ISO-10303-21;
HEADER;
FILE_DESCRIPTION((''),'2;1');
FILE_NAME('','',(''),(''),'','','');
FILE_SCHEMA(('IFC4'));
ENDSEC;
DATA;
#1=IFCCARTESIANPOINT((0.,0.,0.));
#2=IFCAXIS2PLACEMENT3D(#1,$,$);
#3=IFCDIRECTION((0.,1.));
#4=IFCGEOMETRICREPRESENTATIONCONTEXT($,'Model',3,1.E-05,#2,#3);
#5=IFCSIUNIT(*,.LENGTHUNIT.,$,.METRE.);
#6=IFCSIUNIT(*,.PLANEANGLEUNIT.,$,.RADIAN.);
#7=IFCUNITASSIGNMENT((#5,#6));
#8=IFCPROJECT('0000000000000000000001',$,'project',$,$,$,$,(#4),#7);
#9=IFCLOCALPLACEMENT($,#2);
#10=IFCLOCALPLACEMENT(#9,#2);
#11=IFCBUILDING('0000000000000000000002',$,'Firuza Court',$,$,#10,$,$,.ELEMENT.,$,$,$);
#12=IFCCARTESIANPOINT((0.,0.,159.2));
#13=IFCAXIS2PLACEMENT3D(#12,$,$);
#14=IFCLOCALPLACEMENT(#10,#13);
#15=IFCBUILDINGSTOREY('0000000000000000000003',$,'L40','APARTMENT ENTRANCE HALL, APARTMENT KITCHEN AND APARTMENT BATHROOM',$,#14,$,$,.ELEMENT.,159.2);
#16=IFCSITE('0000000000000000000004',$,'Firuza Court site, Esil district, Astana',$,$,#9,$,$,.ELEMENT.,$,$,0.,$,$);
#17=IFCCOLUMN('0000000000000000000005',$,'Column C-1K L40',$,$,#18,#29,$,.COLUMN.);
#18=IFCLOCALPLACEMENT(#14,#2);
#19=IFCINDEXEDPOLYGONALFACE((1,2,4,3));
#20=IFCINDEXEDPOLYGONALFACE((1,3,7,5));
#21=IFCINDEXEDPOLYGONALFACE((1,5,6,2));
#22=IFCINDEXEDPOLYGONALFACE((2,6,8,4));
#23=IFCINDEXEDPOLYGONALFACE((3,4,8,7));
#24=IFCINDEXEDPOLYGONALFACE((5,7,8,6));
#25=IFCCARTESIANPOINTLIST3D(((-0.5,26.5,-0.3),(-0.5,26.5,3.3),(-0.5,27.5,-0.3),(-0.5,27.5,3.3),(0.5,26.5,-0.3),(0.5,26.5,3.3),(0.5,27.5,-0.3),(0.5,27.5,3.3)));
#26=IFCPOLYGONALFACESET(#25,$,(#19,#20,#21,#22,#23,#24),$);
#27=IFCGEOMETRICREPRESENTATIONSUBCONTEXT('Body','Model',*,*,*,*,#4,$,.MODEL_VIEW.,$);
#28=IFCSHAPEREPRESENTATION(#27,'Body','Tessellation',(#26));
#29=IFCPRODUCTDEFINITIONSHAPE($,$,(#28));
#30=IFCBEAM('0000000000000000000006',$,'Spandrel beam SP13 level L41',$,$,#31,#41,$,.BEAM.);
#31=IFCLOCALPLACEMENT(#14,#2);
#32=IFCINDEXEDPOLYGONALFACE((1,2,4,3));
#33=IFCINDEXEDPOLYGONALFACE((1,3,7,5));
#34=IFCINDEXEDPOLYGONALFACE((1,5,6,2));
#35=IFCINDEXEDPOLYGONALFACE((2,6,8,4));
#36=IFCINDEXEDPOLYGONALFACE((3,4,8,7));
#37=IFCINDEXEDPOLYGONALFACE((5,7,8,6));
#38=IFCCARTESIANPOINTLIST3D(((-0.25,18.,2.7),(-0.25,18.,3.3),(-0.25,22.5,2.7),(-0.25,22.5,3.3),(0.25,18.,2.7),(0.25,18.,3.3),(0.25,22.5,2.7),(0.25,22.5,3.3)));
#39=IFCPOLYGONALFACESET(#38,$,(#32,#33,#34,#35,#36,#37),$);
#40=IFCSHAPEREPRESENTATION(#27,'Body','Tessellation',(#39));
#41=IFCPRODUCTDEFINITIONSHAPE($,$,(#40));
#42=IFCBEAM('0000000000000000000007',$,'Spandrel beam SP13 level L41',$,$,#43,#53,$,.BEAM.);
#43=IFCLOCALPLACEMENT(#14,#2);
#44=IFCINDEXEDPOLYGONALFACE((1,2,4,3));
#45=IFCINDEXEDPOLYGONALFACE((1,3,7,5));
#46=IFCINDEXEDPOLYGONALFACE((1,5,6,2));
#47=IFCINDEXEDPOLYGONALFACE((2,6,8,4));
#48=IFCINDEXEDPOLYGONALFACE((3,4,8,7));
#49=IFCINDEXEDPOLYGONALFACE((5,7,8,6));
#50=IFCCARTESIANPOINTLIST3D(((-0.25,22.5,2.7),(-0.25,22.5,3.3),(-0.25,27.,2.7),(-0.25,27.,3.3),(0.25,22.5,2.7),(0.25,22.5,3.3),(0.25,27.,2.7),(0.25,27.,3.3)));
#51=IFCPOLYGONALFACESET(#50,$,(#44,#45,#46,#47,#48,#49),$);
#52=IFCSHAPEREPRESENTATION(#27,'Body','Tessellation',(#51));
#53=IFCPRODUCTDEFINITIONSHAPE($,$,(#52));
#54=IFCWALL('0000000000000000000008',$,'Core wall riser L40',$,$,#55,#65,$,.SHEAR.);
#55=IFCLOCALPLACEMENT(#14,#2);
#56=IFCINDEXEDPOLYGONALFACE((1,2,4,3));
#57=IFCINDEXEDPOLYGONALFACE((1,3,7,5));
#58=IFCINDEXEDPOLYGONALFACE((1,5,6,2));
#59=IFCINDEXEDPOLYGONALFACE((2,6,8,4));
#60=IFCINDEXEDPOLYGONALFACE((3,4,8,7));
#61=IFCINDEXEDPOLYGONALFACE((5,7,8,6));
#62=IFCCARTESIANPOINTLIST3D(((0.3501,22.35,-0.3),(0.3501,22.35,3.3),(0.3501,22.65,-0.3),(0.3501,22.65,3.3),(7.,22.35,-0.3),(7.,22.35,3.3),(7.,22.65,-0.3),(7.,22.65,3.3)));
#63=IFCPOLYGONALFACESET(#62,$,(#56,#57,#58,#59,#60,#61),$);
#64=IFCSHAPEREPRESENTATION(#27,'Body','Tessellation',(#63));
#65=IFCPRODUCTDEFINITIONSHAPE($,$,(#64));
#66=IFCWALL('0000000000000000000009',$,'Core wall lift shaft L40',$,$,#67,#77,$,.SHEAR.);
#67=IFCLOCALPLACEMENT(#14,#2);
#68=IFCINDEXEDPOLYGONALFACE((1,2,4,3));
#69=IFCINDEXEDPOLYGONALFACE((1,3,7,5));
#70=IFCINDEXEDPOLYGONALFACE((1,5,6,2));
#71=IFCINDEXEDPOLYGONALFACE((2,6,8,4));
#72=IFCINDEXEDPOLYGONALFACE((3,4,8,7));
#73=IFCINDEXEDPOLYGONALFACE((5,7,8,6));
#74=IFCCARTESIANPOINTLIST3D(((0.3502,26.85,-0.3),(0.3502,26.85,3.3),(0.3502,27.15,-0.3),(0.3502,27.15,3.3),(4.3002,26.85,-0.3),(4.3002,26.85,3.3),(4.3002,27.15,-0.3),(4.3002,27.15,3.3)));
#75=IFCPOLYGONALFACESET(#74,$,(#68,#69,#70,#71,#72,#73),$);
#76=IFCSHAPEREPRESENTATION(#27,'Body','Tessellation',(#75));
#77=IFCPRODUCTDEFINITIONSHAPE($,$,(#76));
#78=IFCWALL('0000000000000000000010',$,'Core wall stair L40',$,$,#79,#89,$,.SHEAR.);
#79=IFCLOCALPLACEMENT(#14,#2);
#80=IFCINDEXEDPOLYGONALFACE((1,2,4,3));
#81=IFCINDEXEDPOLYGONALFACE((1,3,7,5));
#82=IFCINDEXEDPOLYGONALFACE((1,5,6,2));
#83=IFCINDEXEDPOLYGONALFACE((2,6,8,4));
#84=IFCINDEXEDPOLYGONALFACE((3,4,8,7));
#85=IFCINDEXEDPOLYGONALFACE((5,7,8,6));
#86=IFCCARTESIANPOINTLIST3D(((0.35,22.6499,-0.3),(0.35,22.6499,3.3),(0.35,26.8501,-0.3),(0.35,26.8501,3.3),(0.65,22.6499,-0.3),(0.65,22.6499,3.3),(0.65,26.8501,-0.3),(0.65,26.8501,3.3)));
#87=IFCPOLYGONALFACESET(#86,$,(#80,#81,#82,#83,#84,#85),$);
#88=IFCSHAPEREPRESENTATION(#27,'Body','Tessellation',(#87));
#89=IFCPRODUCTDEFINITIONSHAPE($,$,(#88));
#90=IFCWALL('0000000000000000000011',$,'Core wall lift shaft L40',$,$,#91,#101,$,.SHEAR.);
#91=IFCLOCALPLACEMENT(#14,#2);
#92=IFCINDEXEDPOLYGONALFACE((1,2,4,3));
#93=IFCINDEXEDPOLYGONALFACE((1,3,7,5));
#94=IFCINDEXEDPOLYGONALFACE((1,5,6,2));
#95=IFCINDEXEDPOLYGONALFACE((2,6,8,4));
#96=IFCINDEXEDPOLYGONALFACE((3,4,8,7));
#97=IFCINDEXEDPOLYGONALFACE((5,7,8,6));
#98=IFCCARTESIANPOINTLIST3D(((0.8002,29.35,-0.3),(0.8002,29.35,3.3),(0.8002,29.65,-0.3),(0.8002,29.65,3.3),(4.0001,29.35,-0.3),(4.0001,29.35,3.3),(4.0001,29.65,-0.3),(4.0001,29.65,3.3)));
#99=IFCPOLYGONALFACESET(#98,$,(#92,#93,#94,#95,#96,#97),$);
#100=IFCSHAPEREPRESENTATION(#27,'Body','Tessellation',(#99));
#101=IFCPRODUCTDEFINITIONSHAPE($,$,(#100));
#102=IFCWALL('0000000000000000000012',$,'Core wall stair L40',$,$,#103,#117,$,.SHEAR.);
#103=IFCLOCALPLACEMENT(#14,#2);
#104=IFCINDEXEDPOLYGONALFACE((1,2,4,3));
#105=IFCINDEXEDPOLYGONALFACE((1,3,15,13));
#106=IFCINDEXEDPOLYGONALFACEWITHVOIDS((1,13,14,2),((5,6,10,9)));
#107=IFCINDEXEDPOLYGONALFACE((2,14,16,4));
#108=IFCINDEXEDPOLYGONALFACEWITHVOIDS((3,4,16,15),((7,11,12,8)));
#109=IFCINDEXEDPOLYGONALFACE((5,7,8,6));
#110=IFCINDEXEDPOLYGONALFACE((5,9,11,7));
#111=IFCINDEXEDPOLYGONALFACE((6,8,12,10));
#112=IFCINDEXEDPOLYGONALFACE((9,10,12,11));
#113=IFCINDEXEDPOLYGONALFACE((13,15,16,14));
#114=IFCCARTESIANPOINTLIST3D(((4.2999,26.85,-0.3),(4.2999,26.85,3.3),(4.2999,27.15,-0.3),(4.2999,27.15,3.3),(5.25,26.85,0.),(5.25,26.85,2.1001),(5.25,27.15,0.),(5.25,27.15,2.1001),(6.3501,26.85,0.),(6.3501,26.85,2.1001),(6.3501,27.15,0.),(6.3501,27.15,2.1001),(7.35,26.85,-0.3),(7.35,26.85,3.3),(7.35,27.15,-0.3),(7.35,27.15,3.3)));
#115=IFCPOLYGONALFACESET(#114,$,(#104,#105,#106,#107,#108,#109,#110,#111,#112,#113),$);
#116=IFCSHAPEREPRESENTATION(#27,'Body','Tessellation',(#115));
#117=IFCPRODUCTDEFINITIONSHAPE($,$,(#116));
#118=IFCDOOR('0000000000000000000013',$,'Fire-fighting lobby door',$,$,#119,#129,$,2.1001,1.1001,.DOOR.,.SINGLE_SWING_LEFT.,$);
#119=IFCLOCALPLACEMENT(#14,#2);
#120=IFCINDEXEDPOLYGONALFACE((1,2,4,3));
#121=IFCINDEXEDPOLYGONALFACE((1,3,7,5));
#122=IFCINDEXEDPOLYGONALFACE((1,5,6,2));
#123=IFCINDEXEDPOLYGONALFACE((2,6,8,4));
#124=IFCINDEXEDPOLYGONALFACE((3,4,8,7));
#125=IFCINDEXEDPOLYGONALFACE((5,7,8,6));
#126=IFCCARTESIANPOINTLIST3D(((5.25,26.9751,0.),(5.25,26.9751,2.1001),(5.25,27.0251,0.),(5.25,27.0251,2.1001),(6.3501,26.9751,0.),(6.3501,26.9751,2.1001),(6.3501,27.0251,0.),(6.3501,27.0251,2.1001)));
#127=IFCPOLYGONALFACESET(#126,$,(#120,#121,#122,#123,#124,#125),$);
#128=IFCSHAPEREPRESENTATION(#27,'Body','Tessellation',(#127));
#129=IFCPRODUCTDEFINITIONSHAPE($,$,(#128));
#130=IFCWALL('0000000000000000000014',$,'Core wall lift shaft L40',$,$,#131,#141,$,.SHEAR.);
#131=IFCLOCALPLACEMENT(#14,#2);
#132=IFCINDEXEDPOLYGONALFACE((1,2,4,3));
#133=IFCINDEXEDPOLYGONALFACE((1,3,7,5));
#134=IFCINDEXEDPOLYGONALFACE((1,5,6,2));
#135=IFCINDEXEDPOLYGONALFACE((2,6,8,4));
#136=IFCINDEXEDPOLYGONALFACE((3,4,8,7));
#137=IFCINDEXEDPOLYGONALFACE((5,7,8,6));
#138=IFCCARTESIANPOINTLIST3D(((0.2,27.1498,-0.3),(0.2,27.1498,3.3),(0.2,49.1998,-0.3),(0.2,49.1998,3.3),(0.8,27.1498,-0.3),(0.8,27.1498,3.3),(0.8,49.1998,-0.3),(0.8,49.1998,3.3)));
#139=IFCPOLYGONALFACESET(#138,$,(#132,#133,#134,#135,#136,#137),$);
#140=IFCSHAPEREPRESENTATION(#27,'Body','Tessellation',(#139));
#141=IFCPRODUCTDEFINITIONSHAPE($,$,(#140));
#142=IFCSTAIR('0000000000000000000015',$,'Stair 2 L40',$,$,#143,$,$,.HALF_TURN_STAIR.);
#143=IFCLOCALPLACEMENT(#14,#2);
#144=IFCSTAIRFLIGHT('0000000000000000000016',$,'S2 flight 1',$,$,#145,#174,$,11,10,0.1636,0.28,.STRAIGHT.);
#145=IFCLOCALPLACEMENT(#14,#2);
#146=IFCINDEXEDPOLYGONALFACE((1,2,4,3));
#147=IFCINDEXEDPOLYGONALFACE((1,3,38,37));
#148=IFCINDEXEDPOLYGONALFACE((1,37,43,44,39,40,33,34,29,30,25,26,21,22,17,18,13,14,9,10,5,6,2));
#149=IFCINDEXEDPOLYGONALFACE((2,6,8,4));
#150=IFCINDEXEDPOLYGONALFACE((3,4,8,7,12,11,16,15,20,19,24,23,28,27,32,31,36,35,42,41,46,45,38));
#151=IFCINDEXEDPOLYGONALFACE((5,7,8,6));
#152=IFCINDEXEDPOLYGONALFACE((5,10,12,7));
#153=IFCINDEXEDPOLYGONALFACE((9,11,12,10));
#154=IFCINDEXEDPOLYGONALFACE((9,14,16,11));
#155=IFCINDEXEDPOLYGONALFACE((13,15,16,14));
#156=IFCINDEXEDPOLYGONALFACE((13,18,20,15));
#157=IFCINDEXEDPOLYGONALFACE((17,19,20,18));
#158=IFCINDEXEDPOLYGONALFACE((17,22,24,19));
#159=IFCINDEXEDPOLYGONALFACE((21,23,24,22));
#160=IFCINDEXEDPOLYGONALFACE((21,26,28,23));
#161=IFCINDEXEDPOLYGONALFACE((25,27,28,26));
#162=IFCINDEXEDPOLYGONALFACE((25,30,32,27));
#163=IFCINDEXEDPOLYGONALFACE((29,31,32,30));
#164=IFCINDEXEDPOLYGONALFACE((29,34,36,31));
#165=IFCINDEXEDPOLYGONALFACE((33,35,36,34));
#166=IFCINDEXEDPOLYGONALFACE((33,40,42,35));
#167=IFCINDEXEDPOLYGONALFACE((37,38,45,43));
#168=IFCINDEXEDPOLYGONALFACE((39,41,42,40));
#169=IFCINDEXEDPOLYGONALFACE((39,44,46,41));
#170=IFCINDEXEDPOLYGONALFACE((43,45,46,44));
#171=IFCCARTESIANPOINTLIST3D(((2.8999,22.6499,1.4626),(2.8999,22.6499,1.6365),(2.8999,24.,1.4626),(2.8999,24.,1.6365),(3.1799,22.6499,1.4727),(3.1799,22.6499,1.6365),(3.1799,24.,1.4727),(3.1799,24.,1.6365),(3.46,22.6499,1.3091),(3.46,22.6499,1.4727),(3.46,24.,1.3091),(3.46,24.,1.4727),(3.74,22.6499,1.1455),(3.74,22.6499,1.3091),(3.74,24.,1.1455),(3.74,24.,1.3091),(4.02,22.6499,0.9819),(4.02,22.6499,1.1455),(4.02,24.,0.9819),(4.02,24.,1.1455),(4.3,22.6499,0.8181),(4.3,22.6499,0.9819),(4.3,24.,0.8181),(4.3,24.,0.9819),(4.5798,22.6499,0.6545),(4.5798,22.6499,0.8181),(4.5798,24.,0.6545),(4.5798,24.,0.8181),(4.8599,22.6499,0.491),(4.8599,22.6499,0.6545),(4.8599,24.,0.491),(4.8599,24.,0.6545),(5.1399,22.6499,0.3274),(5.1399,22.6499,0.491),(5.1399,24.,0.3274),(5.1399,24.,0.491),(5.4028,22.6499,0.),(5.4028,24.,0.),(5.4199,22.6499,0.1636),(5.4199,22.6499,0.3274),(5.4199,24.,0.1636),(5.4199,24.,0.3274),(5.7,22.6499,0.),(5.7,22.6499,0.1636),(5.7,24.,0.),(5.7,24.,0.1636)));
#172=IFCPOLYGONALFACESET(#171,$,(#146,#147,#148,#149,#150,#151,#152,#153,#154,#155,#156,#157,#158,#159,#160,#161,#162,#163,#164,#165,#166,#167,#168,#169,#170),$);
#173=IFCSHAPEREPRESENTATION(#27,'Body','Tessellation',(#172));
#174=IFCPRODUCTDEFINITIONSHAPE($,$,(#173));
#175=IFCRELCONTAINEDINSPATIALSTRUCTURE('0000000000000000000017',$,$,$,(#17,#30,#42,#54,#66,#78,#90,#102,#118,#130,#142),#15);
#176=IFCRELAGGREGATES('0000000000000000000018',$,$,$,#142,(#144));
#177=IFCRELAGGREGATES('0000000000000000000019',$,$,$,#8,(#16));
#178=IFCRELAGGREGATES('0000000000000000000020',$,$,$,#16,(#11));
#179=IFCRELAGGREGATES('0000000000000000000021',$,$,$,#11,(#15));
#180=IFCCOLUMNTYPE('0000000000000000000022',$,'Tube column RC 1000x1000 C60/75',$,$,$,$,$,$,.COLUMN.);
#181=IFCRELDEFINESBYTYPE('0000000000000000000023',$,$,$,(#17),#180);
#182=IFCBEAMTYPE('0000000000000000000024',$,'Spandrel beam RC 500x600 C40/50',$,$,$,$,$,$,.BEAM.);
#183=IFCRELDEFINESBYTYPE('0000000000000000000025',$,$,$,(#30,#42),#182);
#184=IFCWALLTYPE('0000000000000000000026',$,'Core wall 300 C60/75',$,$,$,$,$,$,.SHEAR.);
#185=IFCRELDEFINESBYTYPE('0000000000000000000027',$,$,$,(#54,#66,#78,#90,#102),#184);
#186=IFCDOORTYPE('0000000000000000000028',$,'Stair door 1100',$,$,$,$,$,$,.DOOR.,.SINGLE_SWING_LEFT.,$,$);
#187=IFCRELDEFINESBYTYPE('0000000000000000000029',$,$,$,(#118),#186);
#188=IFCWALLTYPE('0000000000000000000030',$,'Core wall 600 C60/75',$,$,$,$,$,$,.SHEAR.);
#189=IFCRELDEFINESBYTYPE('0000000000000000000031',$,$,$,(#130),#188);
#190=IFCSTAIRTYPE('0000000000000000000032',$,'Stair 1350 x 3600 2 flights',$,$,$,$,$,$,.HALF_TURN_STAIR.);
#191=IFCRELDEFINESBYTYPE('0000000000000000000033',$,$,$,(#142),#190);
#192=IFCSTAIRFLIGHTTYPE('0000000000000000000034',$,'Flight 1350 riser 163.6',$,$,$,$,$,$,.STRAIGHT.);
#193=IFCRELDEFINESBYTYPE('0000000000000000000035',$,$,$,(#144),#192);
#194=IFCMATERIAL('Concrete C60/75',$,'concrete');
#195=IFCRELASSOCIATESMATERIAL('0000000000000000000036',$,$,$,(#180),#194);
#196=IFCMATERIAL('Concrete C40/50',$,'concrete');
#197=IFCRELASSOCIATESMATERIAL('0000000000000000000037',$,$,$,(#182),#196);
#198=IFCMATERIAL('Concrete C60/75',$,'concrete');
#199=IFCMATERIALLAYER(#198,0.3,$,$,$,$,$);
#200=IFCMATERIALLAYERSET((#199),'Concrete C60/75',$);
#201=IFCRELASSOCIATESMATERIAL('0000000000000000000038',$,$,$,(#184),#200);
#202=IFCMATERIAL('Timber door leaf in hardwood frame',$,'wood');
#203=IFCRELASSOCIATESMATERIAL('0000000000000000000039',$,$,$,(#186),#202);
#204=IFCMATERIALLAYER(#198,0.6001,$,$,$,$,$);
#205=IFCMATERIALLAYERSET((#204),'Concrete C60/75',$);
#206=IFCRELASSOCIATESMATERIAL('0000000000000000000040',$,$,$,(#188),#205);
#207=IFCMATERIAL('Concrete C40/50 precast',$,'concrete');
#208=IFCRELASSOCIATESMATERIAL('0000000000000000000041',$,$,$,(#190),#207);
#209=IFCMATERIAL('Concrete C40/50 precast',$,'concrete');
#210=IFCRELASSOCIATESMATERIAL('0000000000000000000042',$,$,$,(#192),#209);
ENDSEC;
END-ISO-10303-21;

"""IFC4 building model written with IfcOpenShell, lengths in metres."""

from ifc_helpers import new_model, si_unit, direction, frame, frame_2d, origin, origin_2d, place, context, subcontext, project, spatial, polyline, rectangle, outline, extrude, material, layer, layer_set, material_profile, profile_set, type_object, element, fill, aggregate, save


model = new_model("IFC4")

# Units and contexts
model_context = context("Model", 3, precision=1e-05, world=origin(), true_north=direction((0.0, 1.0)))
body_context = subcontext(model_context, "Body", "Model", "MODEL_VIEW")
ifc_project = project(units=[si_unit("LENGTHUNIT", "METRE"), si_unit("PLANEANGLEUNIT", "RADIAN")], contexts=[model_context])

# Site, building, storey
site_placement = place(None, origin())
site = spatial("IfcSite", under=ifc_project, at=site_placement, Name="Firuza Court site, Esil district, Astana", CompositionType="ELEMENT", RefElevation=0.0)
building_placement = place(site_placement, origin())
building = spatial("IfcBuilding", under=site, at=building_placement, Name="Firuza Court", CompositionType="ELEMENT")
storey_placement = place(building_placement, frame((0.0, 0.0, 159.2)))
storey = spatial("IfcBuildingStorey", under=building, at=storey_placement, Name="L40", Description="APARTMENT ENTRANCE HALL, APARTMENT KITCHEN AND APARTMENT BATHROOM", CompositionType="ELEMENT", Elevation=159.2)

# Column
ifc_material_1 = material(Name="Concrete C60/75", Category="concrete")
ifc_material_profile_1 = material_profile(ifc_material_1, rectangle(XDim=1.0, YDim=1.0, at=origin_2d()), Name="RC 1000x1000")
ifc_profile_set_1 = profile_set([ifc_material_profile_1], Name="Concrete C60/75")
column_type = type_object("IfcColumnType", Name="Tube column RC 1000x1000 C60/75", PredefinedType="COLUMN", material=ifc_profile_set_1)
column_placement = place(storey_placement, frame((0.0, 27.0, -0.3), z_axis=(0.0, 0.0, 1.0), x_axis=(1.0, 0.0, 0.0)))
element("IfcColumn", 1, at=column_placement, inside=storey, type_object=column_type, Name="Column C-1K L40", PredefinedType="COLUMN", context=body_context, shape_type="SweptSolid", body=[
    extrude(rectangle(XDim=1.0, YDim=1.0, at=origin_2d()), origin(), (0.0, 0.0, 1.0), 3.6001),
])

# Beams
ifc_material_2 = material(Name="Concrete C40/50", Category="concrete")
ifc_material_profile_2 = material_profile(ifc_material_2, rectangle(XDim=0.5, YDim=0.6001, at=origin_2d()), Name="RC 500x600")
ifc_profile_set_2 = profile_set([ifc_material_profile_2], Name="Concrete C40/50")
beam_type = type_object("IfcBeamType", Name="Spandrel beam RC 500x600 C40/50", PredefinedType="BEAM", material=ifc_profile_set_2)
for number, where, z_axis, x_axis, name in (
    (2, (0.0, 22.5, 3.0), (0.0, -1.0, 0.0), (1.0, 0.0, 0.0), "Spandrel beam SP13 level L41"),
    (3, (0.0, 27.0, 3.0), (0.0, -1.0, 0.0), (1.0, 0.0, 0.0), "Spandrel beam SP13 level L41"),
):
    element("IfcBeam", number, at=place(storey_placement, frame(where, z_axis=z_axis, x_axis=x_axis)), inside=storey, type_object=beam_type, Name=name, PredefinedType="BEAM", context=body_context, shape_type="SweptSolid", body=[
        extrude(rectangle(XDim=0.5, YDim=0.6001, at=origin_2d()), origin(), (0.0, 0.0, 1.0), 4.5),
    ])

# Walls
ifc_material_3 = material(Name="Concrete C60/75", Category="concrete")
ifc_layer_1 = layer(ifc_material_3, 0.3)
ifc_layer_set_1 = layer_set([ifc_layer_1], Name="Concrete C60/75")
wall_type_1 = type_object("IfcWallType", Name="Core wall 300 C60/75", PredefinedType="SHEAR", material=ifc_layer_set_1)
wall_1_placement = place(storey_placement, frame((0.3501, 22.5, -0.3), z_axis=(0.0, 0.0, 1.0), x_axis=(1.0, 0.0, 0.0)))
element("IfcWall", 4, at=wall_1_placement, inside=storey, type_object=wall_type_1, Name="Core wall riser L40", PredefinedType="SHEAR", context=body_context, shape_type="SweptSolid", body=[
    extrude(rectangle(XDim=6.6499, YDim=0.3, at=frame_2d((3.325, 0.0))), origin(), (0.0, 0.0, 1.0), 3.6001),
])
wall_2_placement = place(storey_placement, frame((0.3501, 27.0, -0.3), z_axis=(0.0, 0.0, 1.0), x_axis=(1.0, 0.0, 0.0)))
element("IfcWall", 5, at=wall_2_placement, inside=storey, type_object=wall_type_1, Name="Core wall lift shaft L40", PredefinedType="SHEAR", context=body_context, shape_type="SweptSolid", body=[
    extrude(rectangle(XDim=3.95, YDim=0.3, at=frame_2d((1.9751, 0.0))), origin(), (0.0, 0.0, 1.0), 3.6001),
])
wall_3_placement = place(storey_placement, frame((0.5, 22.6499, -0.3), z_axis=(0.0, 0.0, 1.0), x_axis=(0.0, 1.0, 0.0)))
element("IfcWall", 6, at=wall_3_placement, inside=storey, type_object=wall_type_1, Name="Core wall stair L40", PredefinedType="SHEAR", context=body_context, shape_type="SweptSolid", body=[
    extrude(rectangle(XDim=4.2002, YDim=0.3, at=frame_2d((2.1001, 0.0))), origin(), (0.0, 0.0, 1.0), 3.6001),
])
wall_4_placement = place(storey_placement, frame((0.8, 29.5, -0.3), z_axis=(0.0, 0.0, 1.0), x_axis=(1.0, 0.0, 0.0)))
element("IfcWall", 7, at=wall_4_placement, inside=storey, type_object=wall_type_1, Name="Core wall lift shaft L40", PredefinedType="SHEAR", context=body_context, shape_type="SweptSolid", body=[
    extrude(rectangle(XDim=3.2, YDim=0.3, at=frame_2d((1.6001, 0.0))), origin(), (0.0, 0.0, 1.0), 3.6001),
])

# Wall, opening, door
wall_5_placement = place(storey_placement, frame((4.3, 27.0, -0.3), z_axis=(0.0, 0.0, 1.0), x_axis=(1.0, 0.0, 0.0)))
wall_5 = element("IfcWall", 8, at=wall_5_placement, inside=storey, type_object=wall_type_1, Name="Core wall stair L40", PredefinedType="SHEAR", context=body_context, shape_type="SweptSolid", body=[
    extrude(rectangle(XDim=3.05, YDim=0.3, at=frame_2d((1.5249, 0.0))), origin(), (0.0, 0.0, 1.0), 3.6001),
])
opening_1_placement = place(wall_5_placement, frame((0.95, 0.0, 0.3)))
opening_1 = element("IfcOpeningElement", 9, at=opening_1_placement, cuts=wall_5, PredefinedType="OPENING", context=body_context, shape_type="SweptSolid", body=[
    extrude(rectangle(XDim=1.1001, YDim=2.1001, at=frame_2d((0.55, 1.05))), frame((0.0, 0.1621, 0.0), z_axis=(0.0, -1.0, 0.0), x_axis=(1.0, 0.0, 0.0)), (0.0, 0.0, 1.0), 0.324),
])
ifc_material_4 = material(Name="Timber door leaf in hardwood frame", Category="wood")
door_type_1 = type_object("IfcDoorType", Name="Stair door 1100", OperationType="SINGLE_SWING_LEFT", PredefinedType="DOOR", material=ifc_material_4)
door_1_placement = place(opening_1_placement, frame((1.1001, 0.0, 0.0), z_axis=(0.0, 0.0, 1.0), x_axis=(-1.0, 0.0, 0.0)))
door_1 = element("IfcDoor", 10, at=door_1_placement, inside=storey, type_object=door_type_1, Name="Fire-fighting lobby door", OperationType="SINGLE_SWING_LEFT", OverallHeight=2.1001, OverallWidth=1.1001, PredefinedType="DOOR", context=body_context, shape_type="SweptSolid", body=[
    extrude(rectangle(XDim=1.1001, YDim=2.1001, at=frame_2d((0.55, 1.05))), frame((0.0, 0.0249, 0.0), z_axis=(0.0, -1.0, 0.0), x_axis=(1.0, 0.0, 0.0)), (0.0, 0.0, 1.0), 0.05),
])
fill(opening_1, door_1)

# Wall
ifc_layer_2 = layer(ifc_material_3, 0.6001)
ifc_layer_set_2 = layer_set([ifc_layer_2], Name="Concrete C60/75")
wall_type_2 = type_object("IfcWallType", Name="Core wall 600 C60/75", PredefinedType="SHEAR", material=ifc_layer_set_2)
wall_6_placement = place(storey_placement, frame((0.5, 27.1499, -0.3), z_axis=(0.0, 0.0, 1.0), x_axis=(0.0, 1.0, 0.0)))
element("IfcWall", 11, at=wall_6_placement, inside=storey, type_object=wall_type_2, Name="Core wall lift shaft L40", PredefinedType="SHEAR", context=body_context, shape_type="SweptSolid", body=[
    extrude(rectangle(XDim=22.05, YDim=0.6001, at=frame_2d((11.0249, 0.0))), origin(), (0.0, 0.0, 1.0), 3.6001),
])

# Stair, stair flight
ifc_material_5 = material(Name="Concrete C40/50 precast", Category="concrete")
stair_type = type_object("IfcStairType", Name="Stair 1350 x 3600 2 flights", PredefinedType="HALF_TURN_STAIR", material=ifc_material_5)
stair_placement = place(storey_placement, origin())
stair = element("IfcStair", 12, at=stair_placement, inside=storey, type_object=stair_type, Name="Stair 2 L40", PredefinedType="HALF_TURN_STAIR")
ifc_material_6 = material(Name="Concrete C40/50 precast", Category="concrete")
stair_flight_type = type_object("IfcStairFlightType", Name="Flight 1350 riser 163.6", PredefinedType="STRAIGHT", material=ifc_material_6)
stair_flight_1_placement = place(storey_placement, frame((5.7, 23.325, 0.0), z_axis=(0.0, 0.0, 1.0), x_axis=(-1.0, 0.0, 0.0)))
stair_flight_1 = element("IfcStairFlight", 13, at=stair_flight_1_placement, type_object=stair_flight_type, Name="S2 flight 1", NumberOfRisers=11, NumberOfTreads=10, PredefinedType="STRAIGHT", RiserHeight=0.1636, TreadLength=0.28, context=body_context, shape_type="SweptSolid", body=[
    extrude(outline(polyline([(0.0, 0.0), (0.0, 0.1636), (0.28, 0.1636), (0.28, 0.3274), (0.5601, 0.3274), (0.5601, 0.491), (0.8401, 0.491), (0.8401, 0.6545), (1.1201, 0.6545), (1.1201, 0.8181), (1.3999, 0.8181), (1.3999, 0.9819), (1.6799, 0.9819), (1.6799, 1.1455), (1.96, 1.1455), (1.96, 1.3091), (2.24, 1.3091), (2.24, 1.4727), (2.52, 1.4727), (2.52, 1.6365), (2.8, 1.6365), (2.8, 1.8), (2.8, 1.4626), (0.2971, 0.0), (0.0, 0.0)])), frame((0.0, 0.675, 0.0), z_axis=(0.0, -1.0, 0.0), x_axis=(1.0, 0.0, 0.0)), (0.0, 0.0, 1.0), 1.3501),
])
aggregate(stair, [stair_flight_1])

save(model, "model.ifc")
